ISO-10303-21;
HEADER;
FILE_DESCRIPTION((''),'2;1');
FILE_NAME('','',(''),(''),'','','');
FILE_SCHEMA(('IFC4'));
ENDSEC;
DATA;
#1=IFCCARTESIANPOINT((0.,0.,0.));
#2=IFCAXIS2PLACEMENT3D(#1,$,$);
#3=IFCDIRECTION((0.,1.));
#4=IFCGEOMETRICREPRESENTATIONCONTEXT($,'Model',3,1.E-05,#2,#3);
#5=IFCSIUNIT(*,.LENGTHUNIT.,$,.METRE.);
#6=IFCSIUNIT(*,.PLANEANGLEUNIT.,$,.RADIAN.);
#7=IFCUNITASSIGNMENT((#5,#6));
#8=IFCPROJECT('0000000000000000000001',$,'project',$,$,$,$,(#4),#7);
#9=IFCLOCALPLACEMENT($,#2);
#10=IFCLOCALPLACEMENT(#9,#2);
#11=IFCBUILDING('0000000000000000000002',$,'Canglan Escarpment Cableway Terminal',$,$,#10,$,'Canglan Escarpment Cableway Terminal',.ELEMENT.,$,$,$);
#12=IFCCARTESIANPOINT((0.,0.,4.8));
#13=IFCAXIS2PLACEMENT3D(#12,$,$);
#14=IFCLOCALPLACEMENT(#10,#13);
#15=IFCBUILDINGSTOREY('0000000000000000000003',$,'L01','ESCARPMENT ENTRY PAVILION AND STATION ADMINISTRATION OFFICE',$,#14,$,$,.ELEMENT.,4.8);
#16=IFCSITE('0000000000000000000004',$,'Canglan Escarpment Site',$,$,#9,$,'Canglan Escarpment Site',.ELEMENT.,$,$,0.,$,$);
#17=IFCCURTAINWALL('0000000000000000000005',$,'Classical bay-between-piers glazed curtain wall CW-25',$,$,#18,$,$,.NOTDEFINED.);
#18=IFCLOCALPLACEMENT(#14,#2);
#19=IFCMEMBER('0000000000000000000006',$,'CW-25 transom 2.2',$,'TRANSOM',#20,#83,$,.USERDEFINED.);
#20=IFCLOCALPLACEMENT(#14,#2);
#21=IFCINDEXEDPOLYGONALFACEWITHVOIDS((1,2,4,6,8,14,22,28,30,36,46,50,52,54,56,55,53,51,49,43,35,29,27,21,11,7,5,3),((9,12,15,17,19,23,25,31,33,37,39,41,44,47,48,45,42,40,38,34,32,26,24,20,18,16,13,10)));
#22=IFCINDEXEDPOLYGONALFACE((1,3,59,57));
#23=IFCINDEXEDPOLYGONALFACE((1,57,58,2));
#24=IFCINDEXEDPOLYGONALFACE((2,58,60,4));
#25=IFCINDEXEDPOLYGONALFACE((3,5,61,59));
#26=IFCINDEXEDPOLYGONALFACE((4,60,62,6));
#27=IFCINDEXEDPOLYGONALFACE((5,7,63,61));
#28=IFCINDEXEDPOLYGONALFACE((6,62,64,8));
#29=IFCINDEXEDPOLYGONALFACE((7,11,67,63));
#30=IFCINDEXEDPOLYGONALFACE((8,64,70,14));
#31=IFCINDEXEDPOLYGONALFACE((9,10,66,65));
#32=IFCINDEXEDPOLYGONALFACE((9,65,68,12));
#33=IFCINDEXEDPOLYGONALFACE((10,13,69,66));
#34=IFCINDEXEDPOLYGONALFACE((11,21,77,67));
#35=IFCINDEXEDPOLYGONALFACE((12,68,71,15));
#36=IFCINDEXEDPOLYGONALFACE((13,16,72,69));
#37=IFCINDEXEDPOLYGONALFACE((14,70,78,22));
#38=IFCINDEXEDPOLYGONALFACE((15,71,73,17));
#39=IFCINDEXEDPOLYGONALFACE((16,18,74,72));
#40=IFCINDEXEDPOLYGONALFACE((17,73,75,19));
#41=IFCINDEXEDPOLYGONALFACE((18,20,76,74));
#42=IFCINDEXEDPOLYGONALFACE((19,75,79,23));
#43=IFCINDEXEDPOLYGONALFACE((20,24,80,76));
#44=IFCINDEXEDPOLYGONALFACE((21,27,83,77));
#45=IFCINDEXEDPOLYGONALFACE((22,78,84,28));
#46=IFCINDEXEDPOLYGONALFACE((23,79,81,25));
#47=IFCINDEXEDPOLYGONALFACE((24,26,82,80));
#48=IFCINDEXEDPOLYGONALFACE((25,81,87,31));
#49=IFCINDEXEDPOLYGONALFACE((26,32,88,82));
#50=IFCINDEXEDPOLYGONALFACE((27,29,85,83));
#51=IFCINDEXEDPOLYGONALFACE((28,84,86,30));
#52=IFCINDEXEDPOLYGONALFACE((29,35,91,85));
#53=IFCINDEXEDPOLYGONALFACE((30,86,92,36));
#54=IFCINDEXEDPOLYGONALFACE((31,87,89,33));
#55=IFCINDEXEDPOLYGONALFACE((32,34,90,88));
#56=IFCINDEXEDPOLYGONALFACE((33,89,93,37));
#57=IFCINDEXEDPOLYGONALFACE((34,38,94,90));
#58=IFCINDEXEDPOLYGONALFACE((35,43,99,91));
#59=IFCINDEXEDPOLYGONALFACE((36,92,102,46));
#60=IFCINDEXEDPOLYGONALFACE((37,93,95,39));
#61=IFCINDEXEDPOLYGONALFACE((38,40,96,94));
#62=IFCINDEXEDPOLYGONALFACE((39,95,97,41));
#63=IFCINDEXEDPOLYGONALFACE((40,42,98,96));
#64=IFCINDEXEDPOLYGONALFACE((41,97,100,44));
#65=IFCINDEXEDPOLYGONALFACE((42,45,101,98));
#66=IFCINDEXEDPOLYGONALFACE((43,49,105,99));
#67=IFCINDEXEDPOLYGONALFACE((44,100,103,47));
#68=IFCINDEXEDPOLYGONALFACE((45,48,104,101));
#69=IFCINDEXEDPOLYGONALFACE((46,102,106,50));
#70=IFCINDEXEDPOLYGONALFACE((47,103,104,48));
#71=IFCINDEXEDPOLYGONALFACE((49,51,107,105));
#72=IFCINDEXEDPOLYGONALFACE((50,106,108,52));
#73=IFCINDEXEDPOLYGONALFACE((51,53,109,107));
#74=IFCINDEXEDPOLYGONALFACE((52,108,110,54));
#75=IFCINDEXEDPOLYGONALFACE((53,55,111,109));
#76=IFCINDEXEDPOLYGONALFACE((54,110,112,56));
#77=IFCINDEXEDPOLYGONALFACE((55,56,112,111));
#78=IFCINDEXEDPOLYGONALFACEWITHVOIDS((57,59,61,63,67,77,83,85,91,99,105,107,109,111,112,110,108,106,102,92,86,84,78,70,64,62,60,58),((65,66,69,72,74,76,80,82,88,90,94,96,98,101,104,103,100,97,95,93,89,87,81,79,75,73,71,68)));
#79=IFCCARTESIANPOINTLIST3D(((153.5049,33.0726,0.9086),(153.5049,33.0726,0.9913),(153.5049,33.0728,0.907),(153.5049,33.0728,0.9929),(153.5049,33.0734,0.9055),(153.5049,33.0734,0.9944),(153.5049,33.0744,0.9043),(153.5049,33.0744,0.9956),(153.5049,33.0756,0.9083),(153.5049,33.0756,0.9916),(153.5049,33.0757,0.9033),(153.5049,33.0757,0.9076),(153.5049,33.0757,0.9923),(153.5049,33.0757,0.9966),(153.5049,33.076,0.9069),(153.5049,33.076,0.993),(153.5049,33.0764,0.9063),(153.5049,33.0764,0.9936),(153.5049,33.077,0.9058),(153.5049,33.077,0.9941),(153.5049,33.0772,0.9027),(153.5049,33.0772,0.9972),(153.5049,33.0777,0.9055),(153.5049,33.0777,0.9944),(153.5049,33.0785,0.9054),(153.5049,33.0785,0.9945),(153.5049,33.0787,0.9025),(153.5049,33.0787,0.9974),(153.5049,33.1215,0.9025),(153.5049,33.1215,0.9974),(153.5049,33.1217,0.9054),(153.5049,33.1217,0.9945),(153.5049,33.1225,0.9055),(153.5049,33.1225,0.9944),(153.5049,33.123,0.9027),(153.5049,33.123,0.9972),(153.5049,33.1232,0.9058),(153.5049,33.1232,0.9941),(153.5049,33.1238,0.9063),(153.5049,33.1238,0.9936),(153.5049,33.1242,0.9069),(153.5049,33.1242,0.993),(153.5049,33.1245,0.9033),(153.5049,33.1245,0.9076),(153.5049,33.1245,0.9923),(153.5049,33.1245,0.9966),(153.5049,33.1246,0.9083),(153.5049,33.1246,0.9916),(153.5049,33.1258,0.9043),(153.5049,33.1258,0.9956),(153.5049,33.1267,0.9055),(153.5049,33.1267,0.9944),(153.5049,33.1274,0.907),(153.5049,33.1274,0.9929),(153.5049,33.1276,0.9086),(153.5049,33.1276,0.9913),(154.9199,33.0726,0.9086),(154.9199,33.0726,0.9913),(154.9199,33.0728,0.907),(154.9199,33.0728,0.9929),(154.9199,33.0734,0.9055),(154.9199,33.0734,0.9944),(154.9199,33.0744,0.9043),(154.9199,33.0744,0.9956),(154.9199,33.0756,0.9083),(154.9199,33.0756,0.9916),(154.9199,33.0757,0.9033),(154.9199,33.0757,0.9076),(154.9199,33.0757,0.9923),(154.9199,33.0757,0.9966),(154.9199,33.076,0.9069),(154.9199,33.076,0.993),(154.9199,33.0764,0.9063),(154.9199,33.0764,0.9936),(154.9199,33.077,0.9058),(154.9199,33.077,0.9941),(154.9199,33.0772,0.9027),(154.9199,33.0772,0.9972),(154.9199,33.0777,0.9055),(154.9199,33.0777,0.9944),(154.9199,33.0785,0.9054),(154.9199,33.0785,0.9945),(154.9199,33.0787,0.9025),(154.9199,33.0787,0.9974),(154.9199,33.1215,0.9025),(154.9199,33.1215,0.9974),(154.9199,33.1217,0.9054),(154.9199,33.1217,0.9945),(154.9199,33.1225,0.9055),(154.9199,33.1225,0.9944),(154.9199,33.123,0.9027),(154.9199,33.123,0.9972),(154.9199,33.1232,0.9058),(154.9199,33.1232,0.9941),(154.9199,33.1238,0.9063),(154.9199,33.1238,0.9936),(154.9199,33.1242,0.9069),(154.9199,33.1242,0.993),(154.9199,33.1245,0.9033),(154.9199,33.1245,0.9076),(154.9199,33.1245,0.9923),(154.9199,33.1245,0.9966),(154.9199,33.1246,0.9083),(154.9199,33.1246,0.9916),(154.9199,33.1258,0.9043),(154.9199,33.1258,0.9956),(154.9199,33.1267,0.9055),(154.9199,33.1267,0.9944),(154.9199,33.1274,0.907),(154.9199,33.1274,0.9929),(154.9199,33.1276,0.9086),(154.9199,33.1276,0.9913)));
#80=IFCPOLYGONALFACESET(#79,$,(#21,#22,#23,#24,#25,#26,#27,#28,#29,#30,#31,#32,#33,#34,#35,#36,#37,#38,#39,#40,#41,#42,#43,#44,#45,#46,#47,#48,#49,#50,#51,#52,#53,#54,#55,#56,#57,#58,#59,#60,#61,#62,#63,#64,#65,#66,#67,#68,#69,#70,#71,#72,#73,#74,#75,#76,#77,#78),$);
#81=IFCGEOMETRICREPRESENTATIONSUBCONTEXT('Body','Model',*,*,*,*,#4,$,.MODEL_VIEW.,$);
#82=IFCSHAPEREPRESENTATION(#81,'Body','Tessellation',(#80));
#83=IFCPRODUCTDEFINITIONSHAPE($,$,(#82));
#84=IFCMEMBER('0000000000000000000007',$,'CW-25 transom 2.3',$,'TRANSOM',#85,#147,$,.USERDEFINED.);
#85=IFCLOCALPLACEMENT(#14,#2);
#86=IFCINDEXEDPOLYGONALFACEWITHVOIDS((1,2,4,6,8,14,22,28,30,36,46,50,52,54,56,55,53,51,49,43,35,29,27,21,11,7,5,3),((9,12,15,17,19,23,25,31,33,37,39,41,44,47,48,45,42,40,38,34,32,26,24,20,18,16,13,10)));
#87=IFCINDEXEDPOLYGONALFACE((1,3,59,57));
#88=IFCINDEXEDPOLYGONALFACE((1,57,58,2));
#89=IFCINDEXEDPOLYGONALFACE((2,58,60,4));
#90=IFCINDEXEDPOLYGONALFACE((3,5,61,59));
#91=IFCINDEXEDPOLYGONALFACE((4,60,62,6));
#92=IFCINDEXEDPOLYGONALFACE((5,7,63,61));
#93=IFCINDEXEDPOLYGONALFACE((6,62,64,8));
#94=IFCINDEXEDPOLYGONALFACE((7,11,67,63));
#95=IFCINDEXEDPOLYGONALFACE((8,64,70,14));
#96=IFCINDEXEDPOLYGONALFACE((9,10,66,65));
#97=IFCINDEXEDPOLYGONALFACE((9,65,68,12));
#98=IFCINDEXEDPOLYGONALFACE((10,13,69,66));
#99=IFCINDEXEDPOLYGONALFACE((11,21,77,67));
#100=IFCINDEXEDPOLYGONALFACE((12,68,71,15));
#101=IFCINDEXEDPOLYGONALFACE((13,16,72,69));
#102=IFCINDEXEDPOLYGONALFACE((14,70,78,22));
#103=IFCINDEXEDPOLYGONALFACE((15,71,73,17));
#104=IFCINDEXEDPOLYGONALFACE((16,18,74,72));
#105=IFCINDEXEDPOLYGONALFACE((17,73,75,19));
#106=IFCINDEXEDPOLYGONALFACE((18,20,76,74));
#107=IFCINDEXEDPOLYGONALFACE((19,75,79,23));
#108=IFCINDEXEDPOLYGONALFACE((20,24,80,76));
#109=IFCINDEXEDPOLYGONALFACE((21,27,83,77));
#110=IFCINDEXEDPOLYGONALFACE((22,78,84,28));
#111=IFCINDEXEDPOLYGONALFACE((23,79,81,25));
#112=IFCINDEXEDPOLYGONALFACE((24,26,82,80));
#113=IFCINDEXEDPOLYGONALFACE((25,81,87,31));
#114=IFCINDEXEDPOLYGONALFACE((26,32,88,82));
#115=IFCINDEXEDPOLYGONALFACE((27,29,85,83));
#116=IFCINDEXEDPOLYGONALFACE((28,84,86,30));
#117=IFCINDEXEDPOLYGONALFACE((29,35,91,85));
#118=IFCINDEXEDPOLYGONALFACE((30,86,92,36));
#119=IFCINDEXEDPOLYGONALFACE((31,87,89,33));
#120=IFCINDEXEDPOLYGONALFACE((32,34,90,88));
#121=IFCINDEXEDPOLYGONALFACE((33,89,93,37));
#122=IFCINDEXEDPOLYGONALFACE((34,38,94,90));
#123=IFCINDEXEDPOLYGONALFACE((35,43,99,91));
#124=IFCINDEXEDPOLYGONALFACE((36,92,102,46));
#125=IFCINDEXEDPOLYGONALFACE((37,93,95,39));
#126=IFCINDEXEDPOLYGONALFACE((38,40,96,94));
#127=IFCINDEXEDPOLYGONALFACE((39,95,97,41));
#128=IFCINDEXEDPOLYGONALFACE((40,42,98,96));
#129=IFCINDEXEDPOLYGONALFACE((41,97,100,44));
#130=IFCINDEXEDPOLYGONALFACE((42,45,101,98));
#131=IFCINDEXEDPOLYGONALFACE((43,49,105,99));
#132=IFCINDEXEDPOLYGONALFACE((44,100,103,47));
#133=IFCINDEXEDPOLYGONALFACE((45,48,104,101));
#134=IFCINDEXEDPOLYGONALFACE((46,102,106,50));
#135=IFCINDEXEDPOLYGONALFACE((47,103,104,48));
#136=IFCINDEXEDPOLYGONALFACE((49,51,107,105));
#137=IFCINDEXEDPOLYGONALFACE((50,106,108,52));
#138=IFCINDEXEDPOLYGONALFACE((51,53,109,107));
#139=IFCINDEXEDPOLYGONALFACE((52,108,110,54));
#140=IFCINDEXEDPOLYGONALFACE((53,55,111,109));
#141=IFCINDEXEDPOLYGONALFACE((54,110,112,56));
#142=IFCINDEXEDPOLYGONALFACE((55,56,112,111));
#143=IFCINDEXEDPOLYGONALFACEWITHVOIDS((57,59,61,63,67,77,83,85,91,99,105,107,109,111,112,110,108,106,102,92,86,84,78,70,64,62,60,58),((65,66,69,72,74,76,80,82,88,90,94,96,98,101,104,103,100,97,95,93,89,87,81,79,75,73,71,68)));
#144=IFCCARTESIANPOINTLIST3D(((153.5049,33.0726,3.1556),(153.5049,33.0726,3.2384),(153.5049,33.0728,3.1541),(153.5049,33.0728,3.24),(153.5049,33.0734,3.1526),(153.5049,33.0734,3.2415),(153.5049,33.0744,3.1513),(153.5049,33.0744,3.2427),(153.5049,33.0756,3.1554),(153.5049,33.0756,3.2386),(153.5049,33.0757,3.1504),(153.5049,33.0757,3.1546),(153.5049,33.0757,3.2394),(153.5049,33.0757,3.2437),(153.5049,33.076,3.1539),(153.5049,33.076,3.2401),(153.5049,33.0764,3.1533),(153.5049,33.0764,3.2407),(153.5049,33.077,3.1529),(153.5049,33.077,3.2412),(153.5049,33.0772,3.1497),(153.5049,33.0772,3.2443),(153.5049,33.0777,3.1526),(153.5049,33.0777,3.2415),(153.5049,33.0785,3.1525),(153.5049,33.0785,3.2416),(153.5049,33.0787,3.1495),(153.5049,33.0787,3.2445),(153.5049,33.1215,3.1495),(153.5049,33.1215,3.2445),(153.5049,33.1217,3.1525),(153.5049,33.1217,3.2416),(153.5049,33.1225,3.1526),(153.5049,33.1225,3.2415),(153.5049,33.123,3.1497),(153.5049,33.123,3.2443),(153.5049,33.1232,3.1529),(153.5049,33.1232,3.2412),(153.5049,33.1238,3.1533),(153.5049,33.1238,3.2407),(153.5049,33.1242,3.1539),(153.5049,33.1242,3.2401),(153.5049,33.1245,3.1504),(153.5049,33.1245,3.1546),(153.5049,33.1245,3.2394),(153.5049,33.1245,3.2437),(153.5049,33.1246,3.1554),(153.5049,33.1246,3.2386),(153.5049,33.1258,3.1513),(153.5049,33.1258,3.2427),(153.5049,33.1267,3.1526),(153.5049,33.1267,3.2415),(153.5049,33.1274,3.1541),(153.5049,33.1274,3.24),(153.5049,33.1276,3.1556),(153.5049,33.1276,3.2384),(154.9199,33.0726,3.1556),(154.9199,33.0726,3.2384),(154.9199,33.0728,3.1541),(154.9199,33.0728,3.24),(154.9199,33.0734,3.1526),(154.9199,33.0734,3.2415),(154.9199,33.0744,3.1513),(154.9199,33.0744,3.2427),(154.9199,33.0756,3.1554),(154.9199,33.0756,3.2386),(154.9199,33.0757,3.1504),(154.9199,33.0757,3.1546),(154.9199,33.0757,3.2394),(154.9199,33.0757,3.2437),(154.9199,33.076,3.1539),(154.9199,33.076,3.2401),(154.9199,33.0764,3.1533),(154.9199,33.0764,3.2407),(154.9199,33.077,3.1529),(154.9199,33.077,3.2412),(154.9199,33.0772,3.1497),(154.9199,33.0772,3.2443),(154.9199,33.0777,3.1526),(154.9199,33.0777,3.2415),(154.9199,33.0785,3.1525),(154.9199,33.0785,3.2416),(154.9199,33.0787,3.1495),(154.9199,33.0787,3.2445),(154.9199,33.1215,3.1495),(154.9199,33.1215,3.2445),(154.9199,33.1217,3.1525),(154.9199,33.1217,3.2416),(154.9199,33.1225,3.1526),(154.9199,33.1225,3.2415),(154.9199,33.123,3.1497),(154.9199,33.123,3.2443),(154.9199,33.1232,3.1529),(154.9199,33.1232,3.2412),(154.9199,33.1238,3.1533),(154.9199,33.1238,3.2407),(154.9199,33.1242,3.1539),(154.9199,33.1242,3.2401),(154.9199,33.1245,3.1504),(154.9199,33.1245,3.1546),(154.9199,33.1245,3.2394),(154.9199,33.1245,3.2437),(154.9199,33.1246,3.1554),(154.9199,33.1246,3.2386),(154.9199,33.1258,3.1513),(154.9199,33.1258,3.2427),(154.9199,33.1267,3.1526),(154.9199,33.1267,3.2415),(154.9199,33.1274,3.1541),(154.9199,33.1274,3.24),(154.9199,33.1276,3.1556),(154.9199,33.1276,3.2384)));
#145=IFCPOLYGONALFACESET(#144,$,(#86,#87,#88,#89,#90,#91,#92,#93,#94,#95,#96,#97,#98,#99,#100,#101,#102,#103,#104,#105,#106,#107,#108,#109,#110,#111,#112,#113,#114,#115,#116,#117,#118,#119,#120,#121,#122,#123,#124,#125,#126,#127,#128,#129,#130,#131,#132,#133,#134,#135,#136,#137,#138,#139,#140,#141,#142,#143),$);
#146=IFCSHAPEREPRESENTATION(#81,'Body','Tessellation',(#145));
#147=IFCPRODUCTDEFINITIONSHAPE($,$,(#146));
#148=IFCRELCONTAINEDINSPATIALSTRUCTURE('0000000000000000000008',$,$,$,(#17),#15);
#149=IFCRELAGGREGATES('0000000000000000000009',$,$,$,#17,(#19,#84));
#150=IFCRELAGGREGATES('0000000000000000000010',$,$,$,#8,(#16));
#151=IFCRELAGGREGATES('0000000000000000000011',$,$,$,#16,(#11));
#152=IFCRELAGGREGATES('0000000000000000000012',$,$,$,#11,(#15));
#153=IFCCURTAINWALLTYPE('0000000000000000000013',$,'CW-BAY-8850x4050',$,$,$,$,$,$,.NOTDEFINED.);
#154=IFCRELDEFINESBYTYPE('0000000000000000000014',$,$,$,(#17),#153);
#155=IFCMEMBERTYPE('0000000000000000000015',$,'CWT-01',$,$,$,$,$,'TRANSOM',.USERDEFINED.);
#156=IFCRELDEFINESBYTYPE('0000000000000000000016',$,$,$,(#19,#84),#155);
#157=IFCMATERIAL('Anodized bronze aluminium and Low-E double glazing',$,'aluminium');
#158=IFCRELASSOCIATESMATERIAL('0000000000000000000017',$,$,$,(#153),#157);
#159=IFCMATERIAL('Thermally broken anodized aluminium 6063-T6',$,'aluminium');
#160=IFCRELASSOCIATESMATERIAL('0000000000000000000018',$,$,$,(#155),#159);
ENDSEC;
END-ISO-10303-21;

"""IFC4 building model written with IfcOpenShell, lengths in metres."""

from ifc_helpers import new_model, si_unit, direction, frame, origin, origin_2d, place, context, subcontext, project, spatial, hollow_rectangle, extrude, material, material_profile, profile_set, type_object, element, aggregate, save


model = new_model("IFC4")

# Units and contexts
model_context = context("Model", 3, precision=1e-05, world=origin(), true_north=direction((0.0, 1.0)))
body_context = subcontext(model_context, "Body", "Model", "MODEL_VIEW")
ifc_project = project(units=[si_unit("LENGTHUNIT", "METRE"), si_unit("PLANEANGLEUNIT", "RADIAN")], contexts=[model_context])

# Site, building, storey
site_placement = place(None, origin())
site = spatial("IfcSite", under=ifc_project, at=site_placement, Name="Canglan Escarpment Site", LongName="Canglan Escarpment Site", CompositionType="ELEMENT", RefElevation=0.0)
building_placement = place(site_placement, origin())
building = spatial("IfcBuilding", under=site, at=building_placement, Name="Canglan Escarpment Cableway Terminal", LongName="Canglan Escarpment Cableway Terminal", CompositionType="ELEMENT")
storey_placement = place(building_placement, frame((0.0, 0.0, 4.8)))
storey = spatial("IfcBuildingStorey", under=building, at=storey_placement, Name="L01", Description="ESCARPMENT ENTRY PAVILION AND STATION ADMINISTRATION OFFICE", CompositionType="ELEMENT", Elevation=4.8)

# Curtain wall, members
ifc_material_1 = material(Name="Anodized bronze aluminium and Low-E double glazing", Category="aluminium")
curtain_wall_type = type_object("IfcCurtainWallType", Name="CW-BAY-8850x4050", PredefinedType="NOTDEFINED", material=ifc_material_1)
curtain_wall_placement = place(storey_placement, origin())
curtain_wall = element("IfcCurtainWall", 1, at=curtain_wall_placement, inside=storey, type_object=curtain_wall_type, Name="Classical bay-between-piers glazed curtain wall CW-25", PredefinedType="NOTDEFINED")
ifc_material_2 = material(Name="Thermally broken anodized aluminium 6063-T6", Category="aluminium")
ifc_material_profile_1 = material_profile(ifc_material_2, hollow_rectangle(XDim=0.0549, YDim=0.095, WallThickness=0.0029, InnerFilletRadius=0.0029, OuterFilletRadius=0.0061, at=origin_2d()), Name="ALU-TRAN 55x95x3")
ifc_profile_set_1 = profile_set([ifc_material_profile_1], Name="Thermally broken anodized aluminium 6063-T6")
member_type_1 = type_object("IfcMemberType", Name="CWT-01", ElementType="TRANSOM", PredefinedType="USERDEFINED", material=ifc_profile_set_1)
member_1_placement = place(storey_placement, frame((154.9199, 33.1001, 0.95), z_axis=(-1.0, 0.0, 0.0), x_axis=(0.0, -1.0, 0.0)))
member_1 = element("IfcMember", 2, at=member_1_placement, type_object=member_type_1, Name="CW-25 transom 2.2", ObjectType="TRANSOM", PredefinedType="USERDEFINED", context=body_context, shape_type="SweptSolid", body=[
    extrude(hollow_rectangle(XDim=0.0549, YDim=0.095, WallThickness=0.0029, InnerFilletRadius=0.0029, OuterFilletRadius=0.0061, at=origin_2d()), origin(), (0.0, 0.0, 1.0), 1.415),
])
member_2_placement = place(storey_placement, frame((154.9199, 33.1001, 3.197), z_axis=(-1.0, 0.0, 0.0), x_axis=(0.0, -1.0, 0.0)))
member_2 = element("IfcMember", 3, at=member_2_placement, type_object=member_type_1, Name="CW-25 transom 2.3", ObjectType="TRANSOM", PredefinedType="USERDEFINED", context=body_context, shape_type="SweptSolid", body=[
    extrude(hollow_rectangle(XDim=0.0549, YDim=0.095, WallThickness=0.0029, InnerFilletRadius=0.0029, OuterFilletRadius=0.0061, at=origin_2d()), origin(), (0.0, 0.0, 1.0), 1.415),
])
aggregate(curtain_wall, [member_1, member_2])

save(model, "model.ifc")
